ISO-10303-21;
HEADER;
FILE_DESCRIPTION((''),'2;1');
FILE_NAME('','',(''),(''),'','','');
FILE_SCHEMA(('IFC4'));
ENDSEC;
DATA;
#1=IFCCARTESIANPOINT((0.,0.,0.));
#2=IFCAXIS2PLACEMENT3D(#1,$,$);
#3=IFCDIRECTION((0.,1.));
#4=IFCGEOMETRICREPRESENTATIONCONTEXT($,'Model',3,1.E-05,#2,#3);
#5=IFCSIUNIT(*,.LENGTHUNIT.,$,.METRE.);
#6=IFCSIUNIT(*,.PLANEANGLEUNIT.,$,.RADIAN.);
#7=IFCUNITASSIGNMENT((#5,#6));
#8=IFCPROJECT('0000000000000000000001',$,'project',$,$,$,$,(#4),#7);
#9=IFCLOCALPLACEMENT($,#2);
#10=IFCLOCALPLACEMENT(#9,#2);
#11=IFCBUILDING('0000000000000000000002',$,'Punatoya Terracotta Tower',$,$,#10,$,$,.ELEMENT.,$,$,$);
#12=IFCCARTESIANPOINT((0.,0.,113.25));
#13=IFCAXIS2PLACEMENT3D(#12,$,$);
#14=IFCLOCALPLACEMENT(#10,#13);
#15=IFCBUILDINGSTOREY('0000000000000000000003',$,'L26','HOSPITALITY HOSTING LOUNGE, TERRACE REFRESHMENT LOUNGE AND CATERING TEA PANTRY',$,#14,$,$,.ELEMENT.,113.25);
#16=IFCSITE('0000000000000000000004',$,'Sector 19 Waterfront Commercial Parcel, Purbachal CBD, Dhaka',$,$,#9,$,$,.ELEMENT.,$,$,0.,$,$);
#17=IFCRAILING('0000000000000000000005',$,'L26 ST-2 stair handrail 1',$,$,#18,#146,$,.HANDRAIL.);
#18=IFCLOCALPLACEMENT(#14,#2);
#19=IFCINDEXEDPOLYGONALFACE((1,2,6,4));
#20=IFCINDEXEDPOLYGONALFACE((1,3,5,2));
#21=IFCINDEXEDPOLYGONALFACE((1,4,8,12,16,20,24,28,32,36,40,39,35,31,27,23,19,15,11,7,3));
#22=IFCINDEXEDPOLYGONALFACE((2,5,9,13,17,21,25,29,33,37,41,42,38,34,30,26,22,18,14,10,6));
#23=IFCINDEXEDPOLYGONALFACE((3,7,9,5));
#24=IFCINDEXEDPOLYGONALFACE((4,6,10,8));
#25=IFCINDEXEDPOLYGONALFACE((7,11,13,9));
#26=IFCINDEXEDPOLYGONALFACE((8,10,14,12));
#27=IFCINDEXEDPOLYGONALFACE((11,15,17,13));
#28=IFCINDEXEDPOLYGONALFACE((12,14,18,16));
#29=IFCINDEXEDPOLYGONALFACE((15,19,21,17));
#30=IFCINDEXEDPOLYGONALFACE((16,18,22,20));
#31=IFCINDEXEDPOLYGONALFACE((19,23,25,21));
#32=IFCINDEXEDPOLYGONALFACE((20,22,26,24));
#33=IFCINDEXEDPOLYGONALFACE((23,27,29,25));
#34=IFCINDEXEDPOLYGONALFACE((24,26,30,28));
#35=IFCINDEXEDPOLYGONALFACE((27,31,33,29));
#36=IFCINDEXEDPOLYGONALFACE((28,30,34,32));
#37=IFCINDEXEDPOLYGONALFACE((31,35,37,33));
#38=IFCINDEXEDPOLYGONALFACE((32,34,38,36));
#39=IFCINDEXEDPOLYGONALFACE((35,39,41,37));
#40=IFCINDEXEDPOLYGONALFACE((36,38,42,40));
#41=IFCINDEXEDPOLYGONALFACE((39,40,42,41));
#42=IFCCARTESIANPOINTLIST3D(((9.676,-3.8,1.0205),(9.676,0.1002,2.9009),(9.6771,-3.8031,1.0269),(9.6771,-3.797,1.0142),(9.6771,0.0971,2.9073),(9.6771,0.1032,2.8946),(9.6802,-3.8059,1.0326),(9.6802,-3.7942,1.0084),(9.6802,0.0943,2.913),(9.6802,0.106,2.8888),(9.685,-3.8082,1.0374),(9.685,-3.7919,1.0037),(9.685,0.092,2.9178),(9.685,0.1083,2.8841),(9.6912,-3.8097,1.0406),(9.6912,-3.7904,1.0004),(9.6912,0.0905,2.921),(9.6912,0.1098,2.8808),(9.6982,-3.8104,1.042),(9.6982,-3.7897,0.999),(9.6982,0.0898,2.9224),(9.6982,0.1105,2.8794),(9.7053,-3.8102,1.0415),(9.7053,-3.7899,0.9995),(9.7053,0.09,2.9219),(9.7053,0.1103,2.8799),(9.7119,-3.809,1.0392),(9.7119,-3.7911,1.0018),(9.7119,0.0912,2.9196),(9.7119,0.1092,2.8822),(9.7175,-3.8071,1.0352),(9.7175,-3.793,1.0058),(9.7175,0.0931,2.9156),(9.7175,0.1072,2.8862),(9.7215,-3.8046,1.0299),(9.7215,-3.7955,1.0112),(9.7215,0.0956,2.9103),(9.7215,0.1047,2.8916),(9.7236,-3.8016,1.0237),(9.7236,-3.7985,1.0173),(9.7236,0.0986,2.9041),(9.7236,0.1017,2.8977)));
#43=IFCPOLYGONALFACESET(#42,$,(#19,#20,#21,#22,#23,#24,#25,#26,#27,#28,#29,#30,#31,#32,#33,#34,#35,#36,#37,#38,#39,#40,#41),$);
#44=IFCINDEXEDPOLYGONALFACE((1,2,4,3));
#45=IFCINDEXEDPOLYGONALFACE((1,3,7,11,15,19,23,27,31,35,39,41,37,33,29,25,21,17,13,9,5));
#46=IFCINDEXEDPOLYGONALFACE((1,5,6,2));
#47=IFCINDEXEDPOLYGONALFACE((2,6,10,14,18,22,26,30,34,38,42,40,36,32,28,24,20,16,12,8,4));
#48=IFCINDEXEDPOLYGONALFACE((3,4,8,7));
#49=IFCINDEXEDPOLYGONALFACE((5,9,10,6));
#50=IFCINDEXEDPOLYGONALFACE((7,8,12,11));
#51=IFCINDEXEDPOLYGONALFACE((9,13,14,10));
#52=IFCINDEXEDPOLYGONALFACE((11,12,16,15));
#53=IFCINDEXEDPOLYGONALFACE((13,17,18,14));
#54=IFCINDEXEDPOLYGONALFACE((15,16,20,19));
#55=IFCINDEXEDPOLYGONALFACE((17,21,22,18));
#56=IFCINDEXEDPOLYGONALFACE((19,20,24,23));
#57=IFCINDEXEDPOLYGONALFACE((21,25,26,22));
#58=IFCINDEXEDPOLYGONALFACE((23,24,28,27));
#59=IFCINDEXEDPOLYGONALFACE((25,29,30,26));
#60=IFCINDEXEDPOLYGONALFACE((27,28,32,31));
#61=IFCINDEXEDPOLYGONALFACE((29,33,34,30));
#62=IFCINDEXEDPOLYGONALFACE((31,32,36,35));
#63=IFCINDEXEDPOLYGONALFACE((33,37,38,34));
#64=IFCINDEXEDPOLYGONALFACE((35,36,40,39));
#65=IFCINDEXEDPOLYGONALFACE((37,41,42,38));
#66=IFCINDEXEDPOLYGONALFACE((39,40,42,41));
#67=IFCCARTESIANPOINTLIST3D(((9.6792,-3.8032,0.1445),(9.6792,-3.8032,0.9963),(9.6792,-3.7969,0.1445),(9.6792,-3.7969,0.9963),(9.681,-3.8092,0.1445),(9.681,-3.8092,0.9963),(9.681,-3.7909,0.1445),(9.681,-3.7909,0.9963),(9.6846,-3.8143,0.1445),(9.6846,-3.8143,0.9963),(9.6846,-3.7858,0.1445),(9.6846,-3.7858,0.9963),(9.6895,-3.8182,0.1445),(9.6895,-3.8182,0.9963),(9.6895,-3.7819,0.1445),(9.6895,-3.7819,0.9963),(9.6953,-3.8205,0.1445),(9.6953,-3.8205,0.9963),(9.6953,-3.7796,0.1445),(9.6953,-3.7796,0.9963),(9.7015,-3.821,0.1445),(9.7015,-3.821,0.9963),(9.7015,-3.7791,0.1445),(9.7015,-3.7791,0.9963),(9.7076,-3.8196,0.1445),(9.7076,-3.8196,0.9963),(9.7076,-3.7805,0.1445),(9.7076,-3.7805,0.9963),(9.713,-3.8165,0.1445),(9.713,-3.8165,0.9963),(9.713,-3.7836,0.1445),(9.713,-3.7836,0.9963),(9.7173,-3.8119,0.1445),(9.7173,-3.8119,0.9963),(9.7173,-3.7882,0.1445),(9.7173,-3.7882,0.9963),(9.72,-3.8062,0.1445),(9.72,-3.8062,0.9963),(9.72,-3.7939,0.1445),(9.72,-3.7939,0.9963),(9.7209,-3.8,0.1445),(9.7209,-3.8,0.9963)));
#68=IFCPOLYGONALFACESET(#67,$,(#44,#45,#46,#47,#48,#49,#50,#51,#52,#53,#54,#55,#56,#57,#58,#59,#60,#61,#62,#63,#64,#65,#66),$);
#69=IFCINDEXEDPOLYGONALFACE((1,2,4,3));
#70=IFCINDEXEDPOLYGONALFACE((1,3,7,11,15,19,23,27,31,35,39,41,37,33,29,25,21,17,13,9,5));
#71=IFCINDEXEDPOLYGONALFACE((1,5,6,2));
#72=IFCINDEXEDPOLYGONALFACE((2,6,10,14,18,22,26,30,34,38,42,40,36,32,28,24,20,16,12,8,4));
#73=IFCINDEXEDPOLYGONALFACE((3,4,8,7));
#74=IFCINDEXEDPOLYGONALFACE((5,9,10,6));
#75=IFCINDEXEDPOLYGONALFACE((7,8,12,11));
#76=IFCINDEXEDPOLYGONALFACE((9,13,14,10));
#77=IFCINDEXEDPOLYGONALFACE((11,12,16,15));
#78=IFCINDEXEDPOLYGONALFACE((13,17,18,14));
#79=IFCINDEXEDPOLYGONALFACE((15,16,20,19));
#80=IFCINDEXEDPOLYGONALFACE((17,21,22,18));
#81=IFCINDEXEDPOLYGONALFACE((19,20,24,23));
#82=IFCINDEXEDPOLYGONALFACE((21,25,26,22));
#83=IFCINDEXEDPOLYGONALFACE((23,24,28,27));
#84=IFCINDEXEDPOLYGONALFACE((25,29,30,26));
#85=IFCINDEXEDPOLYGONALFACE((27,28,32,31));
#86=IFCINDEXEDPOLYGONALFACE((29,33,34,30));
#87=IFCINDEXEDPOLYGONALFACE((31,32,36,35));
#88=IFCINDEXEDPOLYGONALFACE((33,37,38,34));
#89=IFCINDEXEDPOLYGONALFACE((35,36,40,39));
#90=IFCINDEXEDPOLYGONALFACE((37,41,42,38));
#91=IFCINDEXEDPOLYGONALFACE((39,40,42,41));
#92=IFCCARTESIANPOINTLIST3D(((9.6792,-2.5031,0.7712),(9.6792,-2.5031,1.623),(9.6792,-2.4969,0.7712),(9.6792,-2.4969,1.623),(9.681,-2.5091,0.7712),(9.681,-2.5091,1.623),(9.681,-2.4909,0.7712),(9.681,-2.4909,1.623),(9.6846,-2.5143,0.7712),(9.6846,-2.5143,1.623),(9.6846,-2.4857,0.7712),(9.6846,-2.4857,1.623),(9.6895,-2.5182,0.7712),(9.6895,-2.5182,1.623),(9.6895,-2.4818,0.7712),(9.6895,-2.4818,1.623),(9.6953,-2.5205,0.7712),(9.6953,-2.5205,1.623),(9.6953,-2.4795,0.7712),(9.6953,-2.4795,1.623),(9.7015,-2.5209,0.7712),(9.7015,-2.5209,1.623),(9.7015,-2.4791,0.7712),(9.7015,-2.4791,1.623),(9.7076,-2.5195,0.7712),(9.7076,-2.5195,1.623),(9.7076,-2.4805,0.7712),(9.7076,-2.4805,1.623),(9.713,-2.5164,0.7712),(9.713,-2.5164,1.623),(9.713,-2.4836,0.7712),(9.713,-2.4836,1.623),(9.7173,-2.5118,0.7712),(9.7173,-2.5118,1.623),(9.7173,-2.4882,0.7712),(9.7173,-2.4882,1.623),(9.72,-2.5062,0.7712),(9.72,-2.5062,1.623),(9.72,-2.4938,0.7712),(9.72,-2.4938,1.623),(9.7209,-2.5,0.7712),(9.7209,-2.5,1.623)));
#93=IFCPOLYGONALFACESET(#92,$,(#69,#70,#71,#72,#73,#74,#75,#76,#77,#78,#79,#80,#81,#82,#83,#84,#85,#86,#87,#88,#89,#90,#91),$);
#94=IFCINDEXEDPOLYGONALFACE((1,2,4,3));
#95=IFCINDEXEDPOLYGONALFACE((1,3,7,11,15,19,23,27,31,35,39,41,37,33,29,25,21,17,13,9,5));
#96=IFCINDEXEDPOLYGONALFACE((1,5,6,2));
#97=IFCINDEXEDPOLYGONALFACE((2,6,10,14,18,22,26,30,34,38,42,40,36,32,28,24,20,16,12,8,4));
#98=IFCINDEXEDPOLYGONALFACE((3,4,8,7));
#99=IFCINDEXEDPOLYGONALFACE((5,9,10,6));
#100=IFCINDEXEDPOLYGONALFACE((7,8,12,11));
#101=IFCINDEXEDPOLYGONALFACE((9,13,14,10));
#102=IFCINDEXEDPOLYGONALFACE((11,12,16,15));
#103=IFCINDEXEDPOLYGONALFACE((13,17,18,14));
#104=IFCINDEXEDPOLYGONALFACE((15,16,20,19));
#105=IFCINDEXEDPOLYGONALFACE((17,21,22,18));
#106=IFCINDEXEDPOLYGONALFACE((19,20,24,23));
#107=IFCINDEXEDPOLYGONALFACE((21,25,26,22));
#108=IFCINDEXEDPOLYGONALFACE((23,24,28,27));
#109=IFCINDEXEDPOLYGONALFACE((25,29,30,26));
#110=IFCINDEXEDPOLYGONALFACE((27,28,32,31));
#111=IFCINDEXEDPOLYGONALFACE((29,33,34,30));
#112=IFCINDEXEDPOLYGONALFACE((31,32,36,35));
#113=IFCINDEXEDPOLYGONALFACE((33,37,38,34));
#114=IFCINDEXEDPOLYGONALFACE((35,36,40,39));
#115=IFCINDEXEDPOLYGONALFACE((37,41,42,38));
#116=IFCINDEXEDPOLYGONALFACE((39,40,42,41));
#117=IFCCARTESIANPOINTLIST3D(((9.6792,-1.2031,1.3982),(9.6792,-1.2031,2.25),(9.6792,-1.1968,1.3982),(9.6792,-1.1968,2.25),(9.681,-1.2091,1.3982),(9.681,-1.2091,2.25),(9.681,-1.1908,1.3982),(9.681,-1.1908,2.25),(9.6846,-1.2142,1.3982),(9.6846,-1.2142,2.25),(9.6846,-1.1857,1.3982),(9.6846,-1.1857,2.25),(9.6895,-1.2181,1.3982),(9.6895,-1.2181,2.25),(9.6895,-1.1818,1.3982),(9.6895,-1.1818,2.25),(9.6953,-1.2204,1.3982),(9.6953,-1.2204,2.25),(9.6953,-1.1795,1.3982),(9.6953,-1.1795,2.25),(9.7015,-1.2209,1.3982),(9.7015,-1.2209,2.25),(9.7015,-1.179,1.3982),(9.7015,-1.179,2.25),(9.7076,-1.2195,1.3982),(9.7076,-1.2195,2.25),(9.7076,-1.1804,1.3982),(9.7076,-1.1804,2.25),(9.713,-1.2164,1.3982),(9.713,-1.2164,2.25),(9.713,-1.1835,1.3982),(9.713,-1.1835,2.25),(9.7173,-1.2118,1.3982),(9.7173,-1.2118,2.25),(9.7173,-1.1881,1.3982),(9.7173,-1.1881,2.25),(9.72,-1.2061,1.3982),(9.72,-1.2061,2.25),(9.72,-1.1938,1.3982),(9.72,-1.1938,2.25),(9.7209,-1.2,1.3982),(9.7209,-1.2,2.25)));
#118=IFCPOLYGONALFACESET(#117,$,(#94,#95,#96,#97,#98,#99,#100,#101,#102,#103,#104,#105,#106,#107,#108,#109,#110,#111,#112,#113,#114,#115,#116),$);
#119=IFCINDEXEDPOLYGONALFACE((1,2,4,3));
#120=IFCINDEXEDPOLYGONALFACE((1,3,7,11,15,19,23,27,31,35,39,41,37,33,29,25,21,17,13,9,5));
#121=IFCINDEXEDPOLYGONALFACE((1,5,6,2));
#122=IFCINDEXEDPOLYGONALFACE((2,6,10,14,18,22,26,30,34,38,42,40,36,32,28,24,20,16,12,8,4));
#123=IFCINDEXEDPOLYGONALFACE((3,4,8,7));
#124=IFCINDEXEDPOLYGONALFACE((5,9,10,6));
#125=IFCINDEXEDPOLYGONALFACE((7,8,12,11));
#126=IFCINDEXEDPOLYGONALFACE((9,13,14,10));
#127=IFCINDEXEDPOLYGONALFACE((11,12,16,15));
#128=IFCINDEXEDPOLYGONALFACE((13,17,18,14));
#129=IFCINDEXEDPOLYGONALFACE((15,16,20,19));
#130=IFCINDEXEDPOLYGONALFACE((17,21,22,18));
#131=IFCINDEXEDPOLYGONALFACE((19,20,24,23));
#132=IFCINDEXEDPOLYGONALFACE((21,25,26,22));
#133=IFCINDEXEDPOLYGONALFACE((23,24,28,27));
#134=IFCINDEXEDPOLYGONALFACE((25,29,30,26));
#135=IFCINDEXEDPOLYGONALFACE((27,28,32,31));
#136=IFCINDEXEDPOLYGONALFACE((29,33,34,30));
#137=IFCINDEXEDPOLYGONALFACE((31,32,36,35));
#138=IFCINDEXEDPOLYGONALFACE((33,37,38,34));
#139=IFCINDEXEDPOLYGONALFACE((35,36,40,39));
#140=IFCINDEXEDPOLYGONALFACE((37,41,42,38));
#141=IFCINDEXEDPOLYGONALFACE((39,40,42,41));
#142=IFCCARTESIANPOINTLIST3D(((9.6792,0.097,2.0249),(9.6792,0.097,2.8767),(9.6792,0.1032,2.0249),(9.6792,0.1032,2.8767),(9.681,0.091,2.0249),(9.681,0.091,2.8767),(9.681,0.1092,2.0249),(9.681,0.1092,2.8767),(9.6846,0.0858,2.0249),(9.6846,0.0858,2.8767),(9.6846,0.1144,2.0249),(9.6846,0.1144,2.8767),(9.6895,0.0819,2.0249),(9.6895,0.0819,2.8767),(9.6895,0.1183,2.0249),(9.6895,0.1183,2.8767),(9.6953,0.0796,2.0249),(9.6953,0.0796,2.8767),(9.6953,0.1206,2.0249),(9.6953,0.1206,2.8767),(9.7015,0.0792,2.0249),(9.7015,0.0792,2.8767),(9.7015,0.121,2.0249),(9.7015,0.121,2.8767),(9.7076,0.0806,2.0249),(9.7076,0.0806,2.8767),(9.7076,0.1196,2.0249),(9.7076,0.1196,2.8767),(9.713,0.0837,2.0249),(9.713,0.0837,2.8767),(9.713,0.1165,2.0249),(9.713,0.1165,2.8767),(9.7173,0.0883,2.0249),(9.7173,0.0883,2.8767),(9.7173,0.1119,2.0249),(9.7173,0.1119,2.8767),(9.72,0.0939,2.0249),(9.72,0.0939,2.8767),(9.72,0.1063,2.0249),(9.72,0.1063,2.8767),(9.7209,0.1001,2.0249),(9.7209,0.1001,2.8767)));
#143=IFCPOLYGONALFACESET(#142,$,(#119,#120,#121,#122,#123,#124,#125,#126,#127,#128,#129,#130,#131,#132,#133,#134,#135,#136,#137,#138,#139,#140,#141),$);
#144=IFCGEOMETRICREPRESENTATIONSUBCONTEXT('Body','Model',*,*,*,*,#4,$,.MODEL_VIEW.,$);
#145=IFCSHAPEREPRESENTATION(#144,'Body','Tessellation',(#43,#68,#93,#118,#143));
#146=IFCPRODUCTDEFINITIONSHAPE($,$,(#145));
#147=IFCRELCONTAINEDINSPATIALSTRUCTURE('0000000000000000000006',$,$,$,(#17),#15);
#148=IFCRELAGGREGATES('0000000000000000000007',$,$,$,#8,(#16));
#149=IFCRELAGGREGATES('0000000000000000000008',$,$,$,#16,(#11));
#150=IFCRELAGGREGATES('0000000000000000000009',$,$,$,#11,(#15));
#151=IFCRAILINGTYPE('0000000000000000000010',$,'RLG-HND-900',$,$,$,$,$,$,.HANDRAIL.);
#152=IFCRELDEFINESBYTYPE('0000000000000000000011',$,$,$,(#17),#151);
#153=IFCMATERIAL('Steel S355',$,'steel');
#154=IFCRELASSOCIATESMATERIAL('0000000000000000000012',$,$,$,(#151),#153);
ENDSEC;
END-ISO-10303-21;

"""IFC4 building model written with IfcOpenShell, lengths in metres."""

from ifc_helpers import new_model, si_unit, direction, frame, origin, origin_2d, place, context, subcontext, project, spatial, circle, extrude, material, type_object, element, save


model = new_model("IFC4")

# Units and contexts
model_context = context("Model", 3, precision=1e-05, world=origin(), true_north=direction((0.0, 1.0)))
body_context = subcontext(model_context, "Body", "Model", "MODEL_VIEW")
ifc_project = project(units=[si_unit("LENGTHUNIT", "METRE"), si_unit("PLANEANGLEUNIT", "RADIAN")], contexts=[model_context])

# Site, building, storey
site_placement = place(None, origin())
site = spatial("IfcSite", under=ifc_project, at=site_placement, Name="Sector 19 Waterfront Commercial Parcel, Purbachal CBD, Dhaka", CompositionType="ELEMENT", RefElevation=0.0)
building_placement = place(site_placement, origin())
building = spatial("IfcBuilding", under=site, at=building_placement, Name="Punatoya Terracotta Tower", CompositionType="ELEMENT")
storey_placement = place(building_placement, frame((0.0, 0.0, 113.25)))
storey = spatial("IfcBuildingStorey", under=building, at=storey_placement, Name="L26", Description="HOSPITALITY HOSTING LOUNGE, TERRACE REFRESHMENT LOUNGE AND CATERING TEA PANTRY", CompositionType="ELEMENT", Elevation=113.25)

# Shared definitions
ifc_material_1 = material(Name="Steel S355", Category="steel")

# Railing
railing_type_1 = type_object("IfcRailingType", Name="RLG-HND-900", PredefinedType="HANDRAIL", material=ifc_material_1)
railing_1_placement = place(storey_placement, frame((9.7, -3.8, 0.1445)))
element("IfcRailing", 1, at=railing_1_placement, inside=storey, type_object=railing_type_1, Name="L26 ST-2 stair handrail 1", PredefinedType="HANDRAIL", context=body_context, shape_type="SweptSolid", body=[
    extrude(circle(Radius=0.0239, at=origin_2d()), frame((0.0, 0.0, 0.876), z_axis=(0.0, 0.900774, 0.434289), x_axis=(-1.0, 0.0, 0.0)), (0.0, 0.0, 1.0), 4.3298),
    extrude(circle(Radius=0.021, at=origin_2d()), origin(), (0.0, 0.0, 1.0), 0.8518),
    extrude(circle(Radius=0.021, at=origin_2d()), frame((0.0, 1.3, 0.6267)), (0.0, 0.0, 1.0), 0.8518),
    extrude(circle(Radius=0.021, at=origin_2d()), frame((0.0, 2.6001, 1.2537)), (0.0, 0.0, 1.0), 0.8518),
    extrude(circle(Radius=0.021, at=origin_2d()), frame((0.0, 3.9001, 1.8804)), (0.0, 0.0, 1.0), 0.8518),
])

save(model, "model.ifc")
